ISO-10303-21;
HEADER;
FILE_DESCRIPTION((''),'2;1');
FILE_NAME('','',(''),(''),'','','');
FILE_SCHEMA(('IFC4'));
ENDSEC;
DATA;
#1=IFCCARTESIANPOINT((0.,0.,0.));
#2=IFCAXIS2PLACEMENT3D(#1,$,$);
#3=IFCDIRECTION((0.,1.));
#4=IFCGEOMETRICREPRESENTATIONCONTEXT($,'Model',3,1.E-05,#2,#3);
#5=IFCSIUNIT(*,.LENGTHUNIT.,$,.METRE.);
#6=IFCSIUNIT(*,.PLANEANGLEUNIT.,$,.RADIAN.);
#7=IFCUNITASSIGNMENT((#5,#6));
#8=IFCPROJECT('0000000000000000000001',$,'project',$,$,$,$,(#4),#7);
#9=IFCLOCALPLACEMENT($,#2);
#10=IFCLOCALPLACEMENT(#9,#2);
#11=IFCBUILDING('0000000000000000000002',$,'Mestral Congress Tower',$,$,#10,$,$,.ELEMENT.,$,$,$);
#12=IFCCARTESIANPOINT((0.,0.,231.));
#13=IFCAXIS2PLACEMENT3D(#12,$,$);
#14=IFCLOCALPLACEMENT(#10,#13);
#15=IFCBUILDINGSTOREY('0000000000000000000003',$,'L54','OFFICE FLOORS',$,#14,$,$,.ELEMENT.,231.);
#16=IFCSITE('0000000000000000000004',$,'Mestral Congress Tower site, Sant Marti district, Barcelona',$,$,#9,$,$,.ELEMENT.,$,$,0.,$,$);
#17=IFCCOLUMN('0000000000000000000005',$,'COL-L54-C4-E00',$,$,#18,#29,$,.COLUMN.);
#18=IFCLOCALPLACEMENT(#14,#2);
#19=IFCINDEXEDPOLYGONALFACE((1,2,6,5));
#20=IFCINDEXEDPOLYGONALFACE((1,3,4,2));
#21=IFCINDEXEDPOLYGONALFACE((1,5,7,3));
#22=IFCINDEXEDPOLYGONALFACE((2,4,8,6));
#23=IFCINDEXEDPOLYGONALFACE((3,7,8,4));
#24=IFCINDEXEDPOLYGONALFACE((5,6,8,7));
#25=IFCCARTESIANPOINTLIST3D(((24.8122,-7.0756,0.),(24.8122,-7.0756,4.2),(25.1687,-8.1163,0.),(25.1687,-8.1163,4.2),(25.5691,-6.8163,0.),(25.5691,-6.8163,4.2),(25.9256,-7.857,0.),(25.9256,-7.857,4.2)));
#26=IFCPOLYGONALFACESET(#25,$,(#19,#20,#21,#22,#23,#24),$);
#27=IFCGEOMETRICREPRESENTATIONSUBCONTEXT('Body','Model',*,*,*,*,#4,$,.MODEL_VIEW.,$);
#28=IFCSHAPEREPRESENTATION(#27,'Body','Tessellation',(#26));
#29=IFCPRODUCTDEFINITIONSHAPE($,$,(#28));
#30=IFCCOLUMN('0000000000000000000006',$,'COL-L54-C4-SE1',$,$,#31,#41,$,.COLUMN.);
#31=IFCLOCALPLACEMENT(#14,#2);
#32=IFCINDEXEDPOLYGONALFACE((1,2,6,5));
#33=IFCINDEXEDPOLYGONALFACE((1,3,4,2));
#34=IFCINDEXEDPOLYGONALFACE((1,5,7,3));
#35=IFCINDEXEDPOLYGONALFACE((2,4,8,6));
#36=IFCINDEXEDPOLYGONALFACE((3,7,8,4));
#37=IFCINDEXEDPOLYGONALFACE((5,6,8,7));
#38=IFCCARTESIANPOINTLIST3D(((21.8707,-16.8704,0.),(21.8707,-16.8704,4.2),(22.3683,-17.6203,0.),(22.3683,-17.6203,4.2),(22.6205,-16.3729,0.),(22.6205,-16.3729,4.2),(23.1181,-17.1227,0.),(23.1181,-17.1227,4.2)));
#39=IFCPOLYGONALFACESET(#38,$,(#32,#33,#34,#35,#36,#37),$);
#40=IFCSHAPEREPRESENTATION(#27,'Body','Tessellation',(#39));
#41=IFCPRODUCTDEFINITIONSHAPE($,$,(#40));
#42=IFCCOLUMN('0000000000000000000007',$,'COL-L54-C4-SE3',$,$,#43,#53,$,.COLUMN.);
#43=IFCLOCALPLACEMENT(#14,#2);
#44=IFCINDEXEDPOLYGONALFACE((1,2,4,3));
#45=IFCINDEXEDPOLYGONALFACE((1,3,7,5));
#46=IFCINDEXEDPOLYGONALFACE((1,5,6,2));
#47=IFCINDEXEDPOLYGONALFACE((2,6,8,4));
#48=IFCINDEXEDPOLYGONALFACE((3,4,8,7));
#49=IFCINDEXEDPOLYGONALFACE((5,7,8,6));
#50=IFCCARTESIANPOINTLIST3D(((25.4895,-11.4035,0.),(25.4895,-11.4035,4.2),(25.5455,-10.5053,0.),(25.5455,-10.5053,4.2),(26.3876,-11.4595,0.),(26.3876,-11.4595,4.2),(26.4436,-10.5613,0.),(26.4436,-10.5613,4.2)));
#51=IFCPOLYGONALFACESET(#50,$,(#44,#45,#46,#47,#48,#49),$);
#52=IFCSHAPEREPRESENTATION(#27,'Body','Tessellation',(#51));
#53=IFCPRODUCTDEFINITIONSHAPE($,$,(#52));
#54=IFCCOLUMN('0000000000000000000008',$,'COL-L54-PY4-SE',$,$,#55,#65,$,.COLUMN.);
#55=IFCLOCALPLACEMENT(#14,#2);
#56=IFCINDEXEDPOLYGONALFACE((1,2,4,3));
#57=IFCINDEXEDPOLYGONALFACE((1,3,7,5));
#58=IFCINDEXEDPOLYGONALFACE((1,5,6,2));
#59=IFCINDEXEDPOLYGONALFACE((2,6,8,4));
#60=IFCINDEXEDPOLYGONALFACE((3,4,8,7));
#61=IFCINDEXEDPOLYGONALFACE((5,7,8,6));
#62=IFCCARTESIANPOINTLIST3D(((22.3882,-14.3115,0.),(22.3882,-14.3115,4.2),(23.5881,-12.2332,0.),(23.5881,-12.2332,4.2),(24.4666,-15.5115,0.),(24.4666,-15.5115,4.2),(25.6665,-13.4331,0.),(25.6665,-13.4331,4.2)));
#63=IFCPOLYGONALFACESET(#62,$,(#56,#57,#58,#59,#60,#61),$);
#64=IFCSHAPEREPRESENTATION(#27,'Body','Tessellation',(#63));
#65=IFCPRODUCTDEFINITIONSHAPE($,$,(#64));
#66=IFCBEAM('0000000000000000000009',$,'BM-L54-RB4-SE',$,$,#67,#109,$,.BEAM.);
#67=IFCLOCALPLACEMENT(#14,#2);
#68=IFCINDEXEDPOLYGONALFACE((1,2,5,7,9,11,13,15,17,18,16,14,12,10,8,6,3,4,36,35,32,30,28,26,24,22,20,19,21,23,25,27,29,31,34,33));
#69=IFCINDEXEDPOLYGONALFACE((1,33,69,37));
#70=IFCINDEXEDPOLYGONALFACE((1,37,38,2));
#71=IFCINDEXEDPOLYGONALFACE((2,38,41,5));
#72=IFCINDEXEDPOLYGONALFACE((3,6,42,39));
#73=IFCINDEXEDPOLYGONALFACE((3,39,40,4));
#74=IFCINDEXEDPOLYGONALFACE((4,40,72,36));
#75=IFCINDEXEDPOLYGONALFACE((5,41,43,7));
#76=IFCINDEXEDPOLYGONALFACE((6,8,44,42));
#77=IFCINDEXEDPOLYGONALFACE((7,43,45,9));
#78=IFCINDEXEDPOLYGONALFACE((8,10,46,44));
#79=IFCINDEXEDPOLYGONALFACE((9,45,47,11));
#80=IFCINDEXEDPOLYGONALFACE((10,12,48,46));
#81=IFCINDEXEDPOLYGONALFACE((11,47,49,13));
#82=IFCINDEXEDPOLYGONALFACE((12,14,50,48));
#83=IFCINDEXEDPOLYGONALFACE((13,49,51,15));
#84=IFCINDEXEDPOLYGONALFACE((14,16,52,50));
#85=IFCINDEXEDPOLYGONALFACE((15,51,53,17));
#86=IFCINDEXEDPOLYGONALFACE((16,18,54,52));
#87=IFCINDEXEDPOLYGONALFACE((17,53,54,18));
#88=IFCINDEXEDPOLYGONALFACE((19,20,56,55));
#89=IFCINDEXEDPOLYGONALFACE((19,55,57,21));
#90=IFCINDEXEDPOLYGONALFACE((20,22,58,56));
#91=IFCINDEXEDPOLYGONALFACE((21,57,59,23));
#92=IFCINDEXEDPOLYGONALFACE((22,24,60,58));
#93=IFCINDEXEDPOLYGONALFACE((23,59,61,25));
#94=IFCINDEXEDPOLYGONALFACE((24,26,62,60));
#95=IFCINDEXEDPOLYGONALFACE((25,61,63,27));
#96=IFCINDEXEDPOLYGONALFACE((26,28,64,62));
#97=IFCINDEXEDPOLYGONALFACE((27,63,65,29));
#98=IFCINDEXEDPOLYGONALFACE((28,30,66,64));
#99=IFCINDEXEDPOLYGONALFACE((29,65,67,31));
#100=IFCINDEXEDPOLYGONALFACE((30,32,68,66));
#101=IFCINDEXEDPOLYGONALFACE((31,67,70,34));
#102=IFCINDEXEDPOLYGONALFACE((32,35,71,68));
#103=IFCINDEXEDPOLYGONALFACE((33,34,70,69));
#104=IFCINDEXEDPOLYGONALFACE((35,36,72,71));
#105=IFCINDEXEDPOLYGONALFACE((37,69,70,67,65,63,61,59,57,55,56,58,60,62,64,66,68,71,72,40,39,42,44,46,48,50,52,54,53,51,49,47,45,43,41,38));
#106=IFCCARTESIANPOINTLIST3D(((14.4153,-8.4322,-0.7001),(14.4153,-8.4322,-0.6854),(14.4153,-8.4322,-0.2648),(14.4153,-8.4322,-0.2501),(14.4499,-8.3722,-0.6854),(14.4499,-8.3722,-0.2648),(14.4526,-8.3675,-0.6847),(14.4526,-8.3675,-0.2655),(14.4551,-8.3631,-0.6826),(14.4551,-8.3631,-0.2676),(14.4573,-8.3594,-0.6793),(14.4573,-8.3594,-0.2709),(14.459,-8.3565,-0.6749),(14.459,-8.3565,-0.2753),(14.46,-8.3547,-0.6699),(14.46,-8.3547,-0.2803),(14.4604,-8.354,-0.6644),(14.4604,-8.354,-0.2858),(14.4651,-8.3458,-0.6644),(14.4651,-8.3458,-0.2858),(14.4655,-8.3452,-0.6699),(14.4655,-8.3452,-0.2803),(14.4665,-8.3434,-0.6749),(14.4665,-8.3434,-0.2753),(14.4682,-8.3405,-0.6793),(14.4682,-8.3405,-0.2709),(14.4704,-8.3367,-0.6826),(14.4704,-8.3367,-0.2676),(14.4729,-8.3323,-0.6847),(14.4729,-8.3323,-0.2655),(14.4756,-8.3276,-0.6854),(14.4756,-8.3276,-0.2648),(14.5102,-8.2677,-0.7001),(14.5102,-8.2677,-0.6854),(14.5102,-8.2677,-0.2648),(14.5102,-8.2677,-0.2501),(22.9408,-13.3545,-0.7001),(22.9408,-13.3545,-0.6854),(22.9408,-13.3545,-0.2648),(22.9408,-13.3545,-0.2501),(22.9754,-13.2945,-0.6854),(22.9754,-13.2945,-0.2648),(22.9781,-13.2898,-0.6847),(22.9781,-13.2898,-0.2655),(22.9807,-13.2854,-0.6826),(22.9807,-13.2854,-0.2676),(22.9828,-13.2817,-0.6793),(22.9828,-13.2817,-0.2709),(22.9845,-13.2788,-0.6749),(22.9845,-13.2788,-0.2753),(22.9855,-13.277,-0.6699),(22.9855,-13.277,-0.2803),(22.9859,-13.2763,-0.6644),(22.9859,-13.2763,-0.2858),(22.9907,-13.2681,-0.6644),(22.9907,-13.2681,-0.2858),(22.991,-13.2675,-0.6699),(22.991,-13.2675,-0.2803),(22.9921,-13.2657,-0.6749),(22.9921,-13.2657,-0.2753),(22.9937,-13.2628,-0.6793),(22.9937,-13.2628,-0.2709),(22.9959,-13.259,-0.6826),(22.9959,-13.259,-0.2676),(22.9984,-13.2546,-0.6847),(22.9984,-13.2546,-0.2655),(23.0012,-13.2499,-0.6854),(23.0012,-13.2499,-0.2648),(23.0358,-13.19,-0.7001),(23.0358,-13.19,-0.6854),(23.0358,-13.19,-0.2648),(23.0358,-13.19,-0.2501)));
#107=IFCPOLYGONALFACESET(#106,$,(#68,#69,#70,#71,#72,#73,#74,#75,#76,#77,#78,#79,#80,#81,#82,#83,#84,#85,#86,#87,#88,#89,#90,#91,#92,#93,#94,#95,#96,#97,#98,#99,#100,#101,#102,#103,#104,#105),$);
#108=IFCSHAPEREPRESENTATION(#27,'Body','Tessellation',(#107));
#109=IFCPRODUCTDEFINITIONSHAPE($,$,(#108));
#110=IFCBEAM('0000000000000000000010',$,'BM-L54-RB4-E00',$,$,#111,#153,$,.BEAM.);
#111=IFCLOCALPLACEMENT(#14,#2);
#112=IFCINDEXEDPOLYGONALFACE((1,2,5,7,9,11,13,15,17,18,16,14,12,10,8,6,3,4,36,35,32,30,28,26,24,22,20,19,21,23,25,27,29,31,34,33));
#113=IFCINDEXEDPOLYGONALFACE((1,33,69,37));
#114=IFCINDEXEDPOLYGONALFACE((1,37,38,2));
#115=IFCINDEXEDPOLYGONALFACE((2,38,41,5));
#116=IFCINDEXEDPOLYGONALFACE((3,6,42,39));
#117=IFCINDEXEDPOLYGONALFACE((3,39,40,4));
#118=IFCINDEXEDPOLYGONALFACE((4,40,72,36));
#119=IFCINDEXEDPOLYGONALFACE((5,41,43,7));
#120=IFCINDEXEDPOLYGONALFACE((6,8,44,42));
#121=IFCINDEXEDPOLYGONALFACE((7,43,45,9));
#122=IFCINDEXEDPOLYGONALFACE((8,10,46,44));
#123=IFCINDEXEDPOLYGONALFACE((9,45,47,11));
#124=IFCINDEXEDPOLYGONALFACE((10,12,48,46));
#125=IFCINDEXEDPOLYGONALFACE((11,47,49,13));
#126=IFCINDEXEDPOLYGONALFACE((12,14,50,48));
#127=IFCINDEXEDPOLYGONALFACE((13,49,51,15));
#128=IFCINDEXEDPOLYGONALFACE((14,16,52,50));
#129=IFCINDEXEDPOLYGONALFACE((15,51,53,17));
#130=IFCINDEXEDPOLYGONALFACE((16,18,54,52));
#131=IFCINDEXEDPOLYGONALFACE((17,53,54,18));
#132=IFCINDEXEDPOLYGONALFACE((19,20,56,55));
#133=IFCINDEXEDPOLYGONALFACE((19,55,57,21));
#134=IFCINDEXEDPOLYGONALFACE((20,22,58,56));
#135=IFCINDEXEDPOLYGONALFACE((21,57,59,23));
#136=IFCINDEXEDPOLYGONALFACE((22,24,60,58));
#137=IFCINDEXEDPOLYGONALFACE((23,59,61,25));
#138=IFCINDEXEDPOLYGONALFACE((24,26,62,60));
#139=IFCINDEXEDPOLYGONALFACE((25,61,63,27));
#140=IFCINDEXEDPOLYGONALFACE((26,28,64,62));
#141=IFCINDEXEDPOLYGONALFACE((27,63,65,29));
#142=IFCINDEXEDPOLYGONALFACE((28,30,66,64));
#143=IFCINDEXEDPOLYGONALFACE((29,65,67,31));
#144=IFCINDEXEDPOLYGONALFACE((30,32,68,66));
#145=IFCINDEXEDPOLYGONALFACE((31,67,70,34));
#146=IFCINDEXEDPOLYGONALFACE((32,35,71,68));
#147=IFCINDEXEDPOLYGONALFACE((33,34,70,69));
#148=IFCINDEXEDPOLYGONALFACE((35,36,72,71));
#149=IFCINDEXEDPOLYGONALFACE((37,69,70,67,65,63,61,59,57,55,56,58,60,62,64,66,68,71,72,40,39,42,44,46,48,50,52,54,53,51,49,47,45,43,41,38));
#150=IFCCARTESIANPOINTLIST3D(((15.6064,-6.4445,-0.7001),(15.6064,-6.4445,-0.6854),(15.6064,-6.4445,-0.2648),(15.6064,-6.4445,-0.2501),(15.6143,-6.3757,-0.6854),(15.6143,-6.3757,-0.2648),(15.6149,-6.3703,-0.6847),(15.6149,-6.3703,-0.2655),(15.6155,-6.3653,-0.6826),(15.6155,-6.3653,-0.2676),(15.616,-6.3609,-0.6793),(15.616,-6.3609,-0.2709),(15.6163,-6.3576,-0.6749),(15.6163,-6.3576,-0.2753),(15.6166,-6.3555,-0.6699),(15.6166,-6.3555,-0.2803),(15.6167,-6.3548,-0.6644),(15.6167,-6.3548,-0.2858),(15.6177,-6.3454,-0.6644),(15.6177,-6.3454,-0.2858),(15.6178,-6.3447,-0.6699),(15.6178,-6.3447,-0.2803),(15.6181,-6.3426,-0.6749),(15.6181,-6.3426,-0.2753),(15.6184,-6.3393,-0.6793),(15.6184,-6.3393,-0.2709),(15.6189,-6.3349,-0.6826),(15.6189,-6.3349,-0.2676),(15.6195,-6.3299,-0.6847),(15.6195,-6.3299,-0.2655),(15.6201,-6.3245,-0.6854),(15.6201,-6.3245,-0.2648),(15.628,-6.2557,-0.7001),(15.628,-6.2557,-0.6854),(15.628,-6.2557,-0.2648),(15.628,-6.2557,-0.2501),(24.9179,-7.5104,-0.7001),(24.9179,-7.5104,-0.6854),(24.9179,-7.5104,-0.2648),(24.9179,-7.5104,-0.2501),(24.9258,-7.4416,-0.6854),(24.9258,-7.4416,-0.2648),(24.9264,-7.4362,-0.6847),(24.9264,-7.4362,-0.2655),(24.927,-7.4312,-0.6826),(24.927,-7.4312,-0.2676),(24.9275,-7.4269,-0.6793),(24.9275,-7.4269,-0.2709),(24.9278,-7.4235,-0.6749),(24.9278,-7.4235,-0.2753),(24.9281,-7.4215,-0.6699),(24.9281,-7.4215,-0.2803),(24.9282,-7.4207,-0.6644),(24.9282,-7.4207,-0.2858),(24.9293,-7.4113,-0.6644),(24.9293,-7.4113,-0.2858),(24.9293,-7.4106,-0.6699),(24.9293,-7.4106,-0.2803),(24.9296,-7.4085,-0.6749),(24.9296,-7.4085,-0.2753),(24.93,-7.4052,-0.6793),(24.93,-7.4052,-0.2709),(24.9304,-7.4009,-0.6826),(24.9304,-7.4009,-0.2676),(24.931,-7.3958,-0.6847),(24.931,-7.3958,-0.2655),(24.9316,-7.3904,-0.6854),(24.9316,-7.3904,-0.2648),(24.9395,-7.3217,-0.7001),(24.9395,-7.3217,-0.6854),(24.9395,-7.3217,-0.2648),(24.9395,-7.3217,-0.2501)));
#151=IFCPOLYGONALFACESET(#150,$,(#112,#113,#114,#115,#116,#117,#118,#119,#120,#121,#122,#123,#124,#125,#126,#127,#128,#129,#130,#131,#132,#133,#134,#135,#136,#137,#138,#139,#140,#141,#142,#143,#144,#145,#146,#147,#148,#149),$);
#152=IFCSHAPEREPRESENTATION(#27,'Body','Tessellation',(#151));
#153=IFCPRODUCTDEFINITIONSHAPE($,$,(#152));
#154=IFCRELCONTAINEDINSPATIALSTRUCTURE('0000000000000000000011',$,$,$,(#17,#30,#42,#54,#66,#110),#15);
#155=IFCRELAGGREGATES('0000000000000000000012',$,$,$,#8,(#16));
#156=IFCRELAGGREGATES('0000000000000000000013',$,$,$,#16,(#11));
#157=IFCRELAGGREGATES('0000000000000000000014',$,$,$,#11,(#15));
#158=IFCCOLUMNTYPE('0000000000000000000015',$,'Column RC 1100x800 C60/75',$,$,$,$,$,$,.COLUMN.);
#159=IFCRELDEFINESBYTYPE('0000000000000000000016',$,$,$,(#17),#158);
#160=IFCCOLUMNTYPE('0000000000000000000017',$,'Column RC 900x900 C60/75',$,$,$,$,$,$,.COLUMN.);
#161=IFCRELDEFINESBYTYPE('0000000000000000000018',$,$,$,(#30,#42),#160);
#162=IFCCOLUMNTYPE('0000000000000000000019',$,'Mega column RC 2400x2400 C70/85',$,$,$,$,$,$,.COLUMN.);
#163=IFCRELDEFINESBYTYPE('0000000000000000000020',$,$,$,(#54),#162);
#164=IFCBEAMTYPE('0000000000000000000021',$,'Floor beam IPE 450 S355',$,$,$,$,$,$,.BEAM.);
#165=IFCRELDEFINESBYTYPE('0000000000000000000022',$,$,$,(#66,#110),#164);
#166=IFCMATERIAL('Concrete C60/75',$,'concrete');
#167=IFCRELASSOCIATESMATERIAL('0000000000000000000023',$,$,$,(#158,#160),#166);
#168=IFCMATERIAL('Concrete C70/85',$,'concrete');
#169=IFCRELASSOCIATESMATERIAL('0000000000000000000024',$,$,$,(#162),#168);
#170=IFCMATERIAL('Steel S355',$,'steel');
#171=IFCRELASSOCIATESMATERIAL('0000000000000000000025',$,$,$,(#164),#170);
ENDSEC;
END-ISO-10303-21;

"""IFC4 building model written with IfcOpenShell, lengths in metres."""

from ifc_helpers import new_model, si_unit, direction, frame, origin, origin_2d, place, context, subcontext, project, spatial, rectangle, i_section, extrude, material, material_profile, profile_set, type_object, element, save


model = new_model("IFC4")

# Units and contexts
model_context = context("Model", 3, precision=1e-05, world=origin(), true_north=direction((0.0, 1.0)))
body_context = subcontext(model_context, "Body", "Model", "MODEL_VIEW")
ifc_project = project(units=[si_unit("LENGTHUNIT", "METRE"), si_unit("PLANEANGLEUNIT", "RADIAN")], contexts=[model_context])

# Site, building, storey
site_placement = place(None, origin())
site = spatial("IfcSite", under=ifc_project, at=site_placement, Name="Mestral Congress Tower site, Sant Marti district, Barcelona", CompositionType="ELEMENT", RefElevation=0.0)
building_placement = place(site_placement, origin())
building = spatial("IfcBuilding", under=site, at=building_placement, Name="Mestral Congress Tower", CompositionType="ELEMENT")
storey_placement = place(building_placement, frame((0.0, 0.0, 231.0)))
storey = spatial("IfcBuildingStorey", under=building, at=storey_placement, Name="L54", Description="OFFICE FLOORS", CompositionType="ELEMENT", Elevation=231.0)

# Columns
ifc_material_1 = material(Name="Concrete C60/75", Category="concrete")
ifc_material_profile_1 = material_profile(ifc_material_1, rectangle(XDim=1.1001, YDim=0.8, at=origin_2d()), Name="RC 1100x800")
ifc_profile_set_1 = profile_set([ifc_material_profile_1], Name="Concrete C60/75")
column_type_1 = type_object("IfcColumnType", Name="Column RC 1100x800 C60/75", PredefinedType="COLUMN", material=ifc_profile_set_1)
column_1_placement = place(storey_placement, frame((25.3689, -7.4663, 0.0), z_axis=(0.0, 0.0, 1.0), x_axis=(-0.324074, 0.946032, 0.0)))
element("IfcColumn", 1, at=column_1_placement, inside=storey, type_object=column_type_1, Name="COL-L54-C4-E00", PredefinedType="COLUMN", context=body_context, shape_type="SweptSolid", body=[
    extrude(rectangle(XDim=1.1001, YDim=0.8, at=origin_2d()), origin(), (0.0, 0.0, 1.0), 4.2),
])
ifc_material_profile_2 = material_profile(ifc_material_1, rectangle(XDim=0.8999, YDim=0.8999, at=origin_2d()), Name="RC 900x900")
ifc_profile_set_2 = profile_set([ifc_material_profile_2], Name="Concrete C60/75")
column_type_2 = type_object("IfcColumnType", Name="Column RC 900x900 C60/75", PredefinedType="COLUMN", material=ifc_profile_set_2)
for number, where, z_axis, x_axis, name in (
    (2, (22.4944, -16.9966, 0.0), (0.0, 0.0, 1.0), (0.833239, 0.552913, 0.0), "COL-L54-C4-SE1"),
    (3, (25.9666, -10.9824, 0.0), (0.0, 0.0, 1.0), (0.062217, 0.998063, 0.0), "COL-L54-C4-SE3"),
):
    element("IfcColumn", number, at=place(storey_placement, frame(where, z_axis=z_axis, x_axis=x_axis)), inside=storey, type_object=column_type_2, Name=name, PredefinedType="COLUMN", context=body_context, shape_type="SweptSolid", body=[
        extrude(rectangle(XDim=0.8999, YDim=0.8999, at=origin_2d()), origin(), (0.0, 0.0, 1.0), 4.2),
    ])
ifc_material_2 = material(Name="Concrete C70/85", Category="concrete")
ifc_material_profile_3 = material_profile(ifc_material_2, rectangle(XDim=2.3999, YDim=2.3999, at=origin_2d()), Name="RC 2400x2400")
ifc_profile_set_3 = profile_set([ifc_material_profile_3], Name="Concrete C70/85")
column_type_3 = type_object("IfcColumnType", Name="Mega column RC 2400x2400 C70/85", PredefinedType="COLUMN", material=ifc_profile_set_3)
column_2_placement = place(storey_placement, frame((24.0273, -13.8723, 0.0), z_axis=(0.0, 0.0, 1.0), x_axis=(0.866025, -0.5, 0.0)))
element("IfcColumn", 4, at=column_2_placement, inside=storey, type_object=column_type_3, Name="COL-L54-PY4-SE", PredefinedType="COLUMN", context=body_context, shape_type="SweptSolid", body=[
    extrude(rectangle(XDim=2.3999, YDim=2.3999, at=origin_2d()), origin(), (0.0, 0.0, 1.0), 4.2),
])

# Beams
ifc_material_3 = material(Name="Steel S355", Category="steel")
ifc_material_profile_4 = material_profile(ifc_material_3, i_section(OverallWidth=0.1899, OverallDepth=0.45, WebThickness=0.0095, FlangeThickness=0.0146, FilletRadius=0.021, at=origin_2d()), Name="IPE 450")
ifc_profile_set_4 = profile_set([ifc_material_profile_4], Name="Steel S355")
beam_type_1 = type_object("IfcBeamType", Name="Floor beam IPE 450 S355", PredefinedType="BEAM", material=ifc_profile_set_4)
beam_1_placement = place(storey_placement, frame((22.9883, -13.2722, -0.4751), z_axis=(-0.866022, 0.500007, 0.0), x_axis=(-0.500007, -0.866022, 0.0)))
element("IfcBeam", 5, at=beam_1_placement, inside=storey, type_object=beam_type_1, Name="BM-L54-RB4-SE", PredefinedType="BEAM", context=body_context, shape_type="SweptSolid", body=[
    extrude(i_section(OverallWidth=0.1899, OverallDepth=0.45, WebThickness=0.0095, FlangeThickness=0.0146, FilletRadius=0.021, at=origin_2d()), origin(), (0.0, 0.0, 1.0), 9.8445),
])
beam_2_placement = place(storey_placement, frame((24.9287, -7.416, -0.4751), z_axis=(-0.993512, 0.11373, 0.0), x_axis=(-0.11373, -0.993512, 0.0)))
element("IfcBeam", 6, at=beam_2_placement, inside=storey, type_object=beam_type_1, Name="BM-L54-RB4-E00", PredefinedType="BEAM", context=body_context, shape_type="SweptSolid", body=[
    extrude(i_section(OverallWidth=0.1899, OverallDepth=0.45, WebThickness=0.0095, FlangeThickness=0.0146, FilletRadius=0.021, at=origin_2d()), origin(), (0.0, 0.0, 1.0), 9.3723),
])

save(model, "model.ifc")
